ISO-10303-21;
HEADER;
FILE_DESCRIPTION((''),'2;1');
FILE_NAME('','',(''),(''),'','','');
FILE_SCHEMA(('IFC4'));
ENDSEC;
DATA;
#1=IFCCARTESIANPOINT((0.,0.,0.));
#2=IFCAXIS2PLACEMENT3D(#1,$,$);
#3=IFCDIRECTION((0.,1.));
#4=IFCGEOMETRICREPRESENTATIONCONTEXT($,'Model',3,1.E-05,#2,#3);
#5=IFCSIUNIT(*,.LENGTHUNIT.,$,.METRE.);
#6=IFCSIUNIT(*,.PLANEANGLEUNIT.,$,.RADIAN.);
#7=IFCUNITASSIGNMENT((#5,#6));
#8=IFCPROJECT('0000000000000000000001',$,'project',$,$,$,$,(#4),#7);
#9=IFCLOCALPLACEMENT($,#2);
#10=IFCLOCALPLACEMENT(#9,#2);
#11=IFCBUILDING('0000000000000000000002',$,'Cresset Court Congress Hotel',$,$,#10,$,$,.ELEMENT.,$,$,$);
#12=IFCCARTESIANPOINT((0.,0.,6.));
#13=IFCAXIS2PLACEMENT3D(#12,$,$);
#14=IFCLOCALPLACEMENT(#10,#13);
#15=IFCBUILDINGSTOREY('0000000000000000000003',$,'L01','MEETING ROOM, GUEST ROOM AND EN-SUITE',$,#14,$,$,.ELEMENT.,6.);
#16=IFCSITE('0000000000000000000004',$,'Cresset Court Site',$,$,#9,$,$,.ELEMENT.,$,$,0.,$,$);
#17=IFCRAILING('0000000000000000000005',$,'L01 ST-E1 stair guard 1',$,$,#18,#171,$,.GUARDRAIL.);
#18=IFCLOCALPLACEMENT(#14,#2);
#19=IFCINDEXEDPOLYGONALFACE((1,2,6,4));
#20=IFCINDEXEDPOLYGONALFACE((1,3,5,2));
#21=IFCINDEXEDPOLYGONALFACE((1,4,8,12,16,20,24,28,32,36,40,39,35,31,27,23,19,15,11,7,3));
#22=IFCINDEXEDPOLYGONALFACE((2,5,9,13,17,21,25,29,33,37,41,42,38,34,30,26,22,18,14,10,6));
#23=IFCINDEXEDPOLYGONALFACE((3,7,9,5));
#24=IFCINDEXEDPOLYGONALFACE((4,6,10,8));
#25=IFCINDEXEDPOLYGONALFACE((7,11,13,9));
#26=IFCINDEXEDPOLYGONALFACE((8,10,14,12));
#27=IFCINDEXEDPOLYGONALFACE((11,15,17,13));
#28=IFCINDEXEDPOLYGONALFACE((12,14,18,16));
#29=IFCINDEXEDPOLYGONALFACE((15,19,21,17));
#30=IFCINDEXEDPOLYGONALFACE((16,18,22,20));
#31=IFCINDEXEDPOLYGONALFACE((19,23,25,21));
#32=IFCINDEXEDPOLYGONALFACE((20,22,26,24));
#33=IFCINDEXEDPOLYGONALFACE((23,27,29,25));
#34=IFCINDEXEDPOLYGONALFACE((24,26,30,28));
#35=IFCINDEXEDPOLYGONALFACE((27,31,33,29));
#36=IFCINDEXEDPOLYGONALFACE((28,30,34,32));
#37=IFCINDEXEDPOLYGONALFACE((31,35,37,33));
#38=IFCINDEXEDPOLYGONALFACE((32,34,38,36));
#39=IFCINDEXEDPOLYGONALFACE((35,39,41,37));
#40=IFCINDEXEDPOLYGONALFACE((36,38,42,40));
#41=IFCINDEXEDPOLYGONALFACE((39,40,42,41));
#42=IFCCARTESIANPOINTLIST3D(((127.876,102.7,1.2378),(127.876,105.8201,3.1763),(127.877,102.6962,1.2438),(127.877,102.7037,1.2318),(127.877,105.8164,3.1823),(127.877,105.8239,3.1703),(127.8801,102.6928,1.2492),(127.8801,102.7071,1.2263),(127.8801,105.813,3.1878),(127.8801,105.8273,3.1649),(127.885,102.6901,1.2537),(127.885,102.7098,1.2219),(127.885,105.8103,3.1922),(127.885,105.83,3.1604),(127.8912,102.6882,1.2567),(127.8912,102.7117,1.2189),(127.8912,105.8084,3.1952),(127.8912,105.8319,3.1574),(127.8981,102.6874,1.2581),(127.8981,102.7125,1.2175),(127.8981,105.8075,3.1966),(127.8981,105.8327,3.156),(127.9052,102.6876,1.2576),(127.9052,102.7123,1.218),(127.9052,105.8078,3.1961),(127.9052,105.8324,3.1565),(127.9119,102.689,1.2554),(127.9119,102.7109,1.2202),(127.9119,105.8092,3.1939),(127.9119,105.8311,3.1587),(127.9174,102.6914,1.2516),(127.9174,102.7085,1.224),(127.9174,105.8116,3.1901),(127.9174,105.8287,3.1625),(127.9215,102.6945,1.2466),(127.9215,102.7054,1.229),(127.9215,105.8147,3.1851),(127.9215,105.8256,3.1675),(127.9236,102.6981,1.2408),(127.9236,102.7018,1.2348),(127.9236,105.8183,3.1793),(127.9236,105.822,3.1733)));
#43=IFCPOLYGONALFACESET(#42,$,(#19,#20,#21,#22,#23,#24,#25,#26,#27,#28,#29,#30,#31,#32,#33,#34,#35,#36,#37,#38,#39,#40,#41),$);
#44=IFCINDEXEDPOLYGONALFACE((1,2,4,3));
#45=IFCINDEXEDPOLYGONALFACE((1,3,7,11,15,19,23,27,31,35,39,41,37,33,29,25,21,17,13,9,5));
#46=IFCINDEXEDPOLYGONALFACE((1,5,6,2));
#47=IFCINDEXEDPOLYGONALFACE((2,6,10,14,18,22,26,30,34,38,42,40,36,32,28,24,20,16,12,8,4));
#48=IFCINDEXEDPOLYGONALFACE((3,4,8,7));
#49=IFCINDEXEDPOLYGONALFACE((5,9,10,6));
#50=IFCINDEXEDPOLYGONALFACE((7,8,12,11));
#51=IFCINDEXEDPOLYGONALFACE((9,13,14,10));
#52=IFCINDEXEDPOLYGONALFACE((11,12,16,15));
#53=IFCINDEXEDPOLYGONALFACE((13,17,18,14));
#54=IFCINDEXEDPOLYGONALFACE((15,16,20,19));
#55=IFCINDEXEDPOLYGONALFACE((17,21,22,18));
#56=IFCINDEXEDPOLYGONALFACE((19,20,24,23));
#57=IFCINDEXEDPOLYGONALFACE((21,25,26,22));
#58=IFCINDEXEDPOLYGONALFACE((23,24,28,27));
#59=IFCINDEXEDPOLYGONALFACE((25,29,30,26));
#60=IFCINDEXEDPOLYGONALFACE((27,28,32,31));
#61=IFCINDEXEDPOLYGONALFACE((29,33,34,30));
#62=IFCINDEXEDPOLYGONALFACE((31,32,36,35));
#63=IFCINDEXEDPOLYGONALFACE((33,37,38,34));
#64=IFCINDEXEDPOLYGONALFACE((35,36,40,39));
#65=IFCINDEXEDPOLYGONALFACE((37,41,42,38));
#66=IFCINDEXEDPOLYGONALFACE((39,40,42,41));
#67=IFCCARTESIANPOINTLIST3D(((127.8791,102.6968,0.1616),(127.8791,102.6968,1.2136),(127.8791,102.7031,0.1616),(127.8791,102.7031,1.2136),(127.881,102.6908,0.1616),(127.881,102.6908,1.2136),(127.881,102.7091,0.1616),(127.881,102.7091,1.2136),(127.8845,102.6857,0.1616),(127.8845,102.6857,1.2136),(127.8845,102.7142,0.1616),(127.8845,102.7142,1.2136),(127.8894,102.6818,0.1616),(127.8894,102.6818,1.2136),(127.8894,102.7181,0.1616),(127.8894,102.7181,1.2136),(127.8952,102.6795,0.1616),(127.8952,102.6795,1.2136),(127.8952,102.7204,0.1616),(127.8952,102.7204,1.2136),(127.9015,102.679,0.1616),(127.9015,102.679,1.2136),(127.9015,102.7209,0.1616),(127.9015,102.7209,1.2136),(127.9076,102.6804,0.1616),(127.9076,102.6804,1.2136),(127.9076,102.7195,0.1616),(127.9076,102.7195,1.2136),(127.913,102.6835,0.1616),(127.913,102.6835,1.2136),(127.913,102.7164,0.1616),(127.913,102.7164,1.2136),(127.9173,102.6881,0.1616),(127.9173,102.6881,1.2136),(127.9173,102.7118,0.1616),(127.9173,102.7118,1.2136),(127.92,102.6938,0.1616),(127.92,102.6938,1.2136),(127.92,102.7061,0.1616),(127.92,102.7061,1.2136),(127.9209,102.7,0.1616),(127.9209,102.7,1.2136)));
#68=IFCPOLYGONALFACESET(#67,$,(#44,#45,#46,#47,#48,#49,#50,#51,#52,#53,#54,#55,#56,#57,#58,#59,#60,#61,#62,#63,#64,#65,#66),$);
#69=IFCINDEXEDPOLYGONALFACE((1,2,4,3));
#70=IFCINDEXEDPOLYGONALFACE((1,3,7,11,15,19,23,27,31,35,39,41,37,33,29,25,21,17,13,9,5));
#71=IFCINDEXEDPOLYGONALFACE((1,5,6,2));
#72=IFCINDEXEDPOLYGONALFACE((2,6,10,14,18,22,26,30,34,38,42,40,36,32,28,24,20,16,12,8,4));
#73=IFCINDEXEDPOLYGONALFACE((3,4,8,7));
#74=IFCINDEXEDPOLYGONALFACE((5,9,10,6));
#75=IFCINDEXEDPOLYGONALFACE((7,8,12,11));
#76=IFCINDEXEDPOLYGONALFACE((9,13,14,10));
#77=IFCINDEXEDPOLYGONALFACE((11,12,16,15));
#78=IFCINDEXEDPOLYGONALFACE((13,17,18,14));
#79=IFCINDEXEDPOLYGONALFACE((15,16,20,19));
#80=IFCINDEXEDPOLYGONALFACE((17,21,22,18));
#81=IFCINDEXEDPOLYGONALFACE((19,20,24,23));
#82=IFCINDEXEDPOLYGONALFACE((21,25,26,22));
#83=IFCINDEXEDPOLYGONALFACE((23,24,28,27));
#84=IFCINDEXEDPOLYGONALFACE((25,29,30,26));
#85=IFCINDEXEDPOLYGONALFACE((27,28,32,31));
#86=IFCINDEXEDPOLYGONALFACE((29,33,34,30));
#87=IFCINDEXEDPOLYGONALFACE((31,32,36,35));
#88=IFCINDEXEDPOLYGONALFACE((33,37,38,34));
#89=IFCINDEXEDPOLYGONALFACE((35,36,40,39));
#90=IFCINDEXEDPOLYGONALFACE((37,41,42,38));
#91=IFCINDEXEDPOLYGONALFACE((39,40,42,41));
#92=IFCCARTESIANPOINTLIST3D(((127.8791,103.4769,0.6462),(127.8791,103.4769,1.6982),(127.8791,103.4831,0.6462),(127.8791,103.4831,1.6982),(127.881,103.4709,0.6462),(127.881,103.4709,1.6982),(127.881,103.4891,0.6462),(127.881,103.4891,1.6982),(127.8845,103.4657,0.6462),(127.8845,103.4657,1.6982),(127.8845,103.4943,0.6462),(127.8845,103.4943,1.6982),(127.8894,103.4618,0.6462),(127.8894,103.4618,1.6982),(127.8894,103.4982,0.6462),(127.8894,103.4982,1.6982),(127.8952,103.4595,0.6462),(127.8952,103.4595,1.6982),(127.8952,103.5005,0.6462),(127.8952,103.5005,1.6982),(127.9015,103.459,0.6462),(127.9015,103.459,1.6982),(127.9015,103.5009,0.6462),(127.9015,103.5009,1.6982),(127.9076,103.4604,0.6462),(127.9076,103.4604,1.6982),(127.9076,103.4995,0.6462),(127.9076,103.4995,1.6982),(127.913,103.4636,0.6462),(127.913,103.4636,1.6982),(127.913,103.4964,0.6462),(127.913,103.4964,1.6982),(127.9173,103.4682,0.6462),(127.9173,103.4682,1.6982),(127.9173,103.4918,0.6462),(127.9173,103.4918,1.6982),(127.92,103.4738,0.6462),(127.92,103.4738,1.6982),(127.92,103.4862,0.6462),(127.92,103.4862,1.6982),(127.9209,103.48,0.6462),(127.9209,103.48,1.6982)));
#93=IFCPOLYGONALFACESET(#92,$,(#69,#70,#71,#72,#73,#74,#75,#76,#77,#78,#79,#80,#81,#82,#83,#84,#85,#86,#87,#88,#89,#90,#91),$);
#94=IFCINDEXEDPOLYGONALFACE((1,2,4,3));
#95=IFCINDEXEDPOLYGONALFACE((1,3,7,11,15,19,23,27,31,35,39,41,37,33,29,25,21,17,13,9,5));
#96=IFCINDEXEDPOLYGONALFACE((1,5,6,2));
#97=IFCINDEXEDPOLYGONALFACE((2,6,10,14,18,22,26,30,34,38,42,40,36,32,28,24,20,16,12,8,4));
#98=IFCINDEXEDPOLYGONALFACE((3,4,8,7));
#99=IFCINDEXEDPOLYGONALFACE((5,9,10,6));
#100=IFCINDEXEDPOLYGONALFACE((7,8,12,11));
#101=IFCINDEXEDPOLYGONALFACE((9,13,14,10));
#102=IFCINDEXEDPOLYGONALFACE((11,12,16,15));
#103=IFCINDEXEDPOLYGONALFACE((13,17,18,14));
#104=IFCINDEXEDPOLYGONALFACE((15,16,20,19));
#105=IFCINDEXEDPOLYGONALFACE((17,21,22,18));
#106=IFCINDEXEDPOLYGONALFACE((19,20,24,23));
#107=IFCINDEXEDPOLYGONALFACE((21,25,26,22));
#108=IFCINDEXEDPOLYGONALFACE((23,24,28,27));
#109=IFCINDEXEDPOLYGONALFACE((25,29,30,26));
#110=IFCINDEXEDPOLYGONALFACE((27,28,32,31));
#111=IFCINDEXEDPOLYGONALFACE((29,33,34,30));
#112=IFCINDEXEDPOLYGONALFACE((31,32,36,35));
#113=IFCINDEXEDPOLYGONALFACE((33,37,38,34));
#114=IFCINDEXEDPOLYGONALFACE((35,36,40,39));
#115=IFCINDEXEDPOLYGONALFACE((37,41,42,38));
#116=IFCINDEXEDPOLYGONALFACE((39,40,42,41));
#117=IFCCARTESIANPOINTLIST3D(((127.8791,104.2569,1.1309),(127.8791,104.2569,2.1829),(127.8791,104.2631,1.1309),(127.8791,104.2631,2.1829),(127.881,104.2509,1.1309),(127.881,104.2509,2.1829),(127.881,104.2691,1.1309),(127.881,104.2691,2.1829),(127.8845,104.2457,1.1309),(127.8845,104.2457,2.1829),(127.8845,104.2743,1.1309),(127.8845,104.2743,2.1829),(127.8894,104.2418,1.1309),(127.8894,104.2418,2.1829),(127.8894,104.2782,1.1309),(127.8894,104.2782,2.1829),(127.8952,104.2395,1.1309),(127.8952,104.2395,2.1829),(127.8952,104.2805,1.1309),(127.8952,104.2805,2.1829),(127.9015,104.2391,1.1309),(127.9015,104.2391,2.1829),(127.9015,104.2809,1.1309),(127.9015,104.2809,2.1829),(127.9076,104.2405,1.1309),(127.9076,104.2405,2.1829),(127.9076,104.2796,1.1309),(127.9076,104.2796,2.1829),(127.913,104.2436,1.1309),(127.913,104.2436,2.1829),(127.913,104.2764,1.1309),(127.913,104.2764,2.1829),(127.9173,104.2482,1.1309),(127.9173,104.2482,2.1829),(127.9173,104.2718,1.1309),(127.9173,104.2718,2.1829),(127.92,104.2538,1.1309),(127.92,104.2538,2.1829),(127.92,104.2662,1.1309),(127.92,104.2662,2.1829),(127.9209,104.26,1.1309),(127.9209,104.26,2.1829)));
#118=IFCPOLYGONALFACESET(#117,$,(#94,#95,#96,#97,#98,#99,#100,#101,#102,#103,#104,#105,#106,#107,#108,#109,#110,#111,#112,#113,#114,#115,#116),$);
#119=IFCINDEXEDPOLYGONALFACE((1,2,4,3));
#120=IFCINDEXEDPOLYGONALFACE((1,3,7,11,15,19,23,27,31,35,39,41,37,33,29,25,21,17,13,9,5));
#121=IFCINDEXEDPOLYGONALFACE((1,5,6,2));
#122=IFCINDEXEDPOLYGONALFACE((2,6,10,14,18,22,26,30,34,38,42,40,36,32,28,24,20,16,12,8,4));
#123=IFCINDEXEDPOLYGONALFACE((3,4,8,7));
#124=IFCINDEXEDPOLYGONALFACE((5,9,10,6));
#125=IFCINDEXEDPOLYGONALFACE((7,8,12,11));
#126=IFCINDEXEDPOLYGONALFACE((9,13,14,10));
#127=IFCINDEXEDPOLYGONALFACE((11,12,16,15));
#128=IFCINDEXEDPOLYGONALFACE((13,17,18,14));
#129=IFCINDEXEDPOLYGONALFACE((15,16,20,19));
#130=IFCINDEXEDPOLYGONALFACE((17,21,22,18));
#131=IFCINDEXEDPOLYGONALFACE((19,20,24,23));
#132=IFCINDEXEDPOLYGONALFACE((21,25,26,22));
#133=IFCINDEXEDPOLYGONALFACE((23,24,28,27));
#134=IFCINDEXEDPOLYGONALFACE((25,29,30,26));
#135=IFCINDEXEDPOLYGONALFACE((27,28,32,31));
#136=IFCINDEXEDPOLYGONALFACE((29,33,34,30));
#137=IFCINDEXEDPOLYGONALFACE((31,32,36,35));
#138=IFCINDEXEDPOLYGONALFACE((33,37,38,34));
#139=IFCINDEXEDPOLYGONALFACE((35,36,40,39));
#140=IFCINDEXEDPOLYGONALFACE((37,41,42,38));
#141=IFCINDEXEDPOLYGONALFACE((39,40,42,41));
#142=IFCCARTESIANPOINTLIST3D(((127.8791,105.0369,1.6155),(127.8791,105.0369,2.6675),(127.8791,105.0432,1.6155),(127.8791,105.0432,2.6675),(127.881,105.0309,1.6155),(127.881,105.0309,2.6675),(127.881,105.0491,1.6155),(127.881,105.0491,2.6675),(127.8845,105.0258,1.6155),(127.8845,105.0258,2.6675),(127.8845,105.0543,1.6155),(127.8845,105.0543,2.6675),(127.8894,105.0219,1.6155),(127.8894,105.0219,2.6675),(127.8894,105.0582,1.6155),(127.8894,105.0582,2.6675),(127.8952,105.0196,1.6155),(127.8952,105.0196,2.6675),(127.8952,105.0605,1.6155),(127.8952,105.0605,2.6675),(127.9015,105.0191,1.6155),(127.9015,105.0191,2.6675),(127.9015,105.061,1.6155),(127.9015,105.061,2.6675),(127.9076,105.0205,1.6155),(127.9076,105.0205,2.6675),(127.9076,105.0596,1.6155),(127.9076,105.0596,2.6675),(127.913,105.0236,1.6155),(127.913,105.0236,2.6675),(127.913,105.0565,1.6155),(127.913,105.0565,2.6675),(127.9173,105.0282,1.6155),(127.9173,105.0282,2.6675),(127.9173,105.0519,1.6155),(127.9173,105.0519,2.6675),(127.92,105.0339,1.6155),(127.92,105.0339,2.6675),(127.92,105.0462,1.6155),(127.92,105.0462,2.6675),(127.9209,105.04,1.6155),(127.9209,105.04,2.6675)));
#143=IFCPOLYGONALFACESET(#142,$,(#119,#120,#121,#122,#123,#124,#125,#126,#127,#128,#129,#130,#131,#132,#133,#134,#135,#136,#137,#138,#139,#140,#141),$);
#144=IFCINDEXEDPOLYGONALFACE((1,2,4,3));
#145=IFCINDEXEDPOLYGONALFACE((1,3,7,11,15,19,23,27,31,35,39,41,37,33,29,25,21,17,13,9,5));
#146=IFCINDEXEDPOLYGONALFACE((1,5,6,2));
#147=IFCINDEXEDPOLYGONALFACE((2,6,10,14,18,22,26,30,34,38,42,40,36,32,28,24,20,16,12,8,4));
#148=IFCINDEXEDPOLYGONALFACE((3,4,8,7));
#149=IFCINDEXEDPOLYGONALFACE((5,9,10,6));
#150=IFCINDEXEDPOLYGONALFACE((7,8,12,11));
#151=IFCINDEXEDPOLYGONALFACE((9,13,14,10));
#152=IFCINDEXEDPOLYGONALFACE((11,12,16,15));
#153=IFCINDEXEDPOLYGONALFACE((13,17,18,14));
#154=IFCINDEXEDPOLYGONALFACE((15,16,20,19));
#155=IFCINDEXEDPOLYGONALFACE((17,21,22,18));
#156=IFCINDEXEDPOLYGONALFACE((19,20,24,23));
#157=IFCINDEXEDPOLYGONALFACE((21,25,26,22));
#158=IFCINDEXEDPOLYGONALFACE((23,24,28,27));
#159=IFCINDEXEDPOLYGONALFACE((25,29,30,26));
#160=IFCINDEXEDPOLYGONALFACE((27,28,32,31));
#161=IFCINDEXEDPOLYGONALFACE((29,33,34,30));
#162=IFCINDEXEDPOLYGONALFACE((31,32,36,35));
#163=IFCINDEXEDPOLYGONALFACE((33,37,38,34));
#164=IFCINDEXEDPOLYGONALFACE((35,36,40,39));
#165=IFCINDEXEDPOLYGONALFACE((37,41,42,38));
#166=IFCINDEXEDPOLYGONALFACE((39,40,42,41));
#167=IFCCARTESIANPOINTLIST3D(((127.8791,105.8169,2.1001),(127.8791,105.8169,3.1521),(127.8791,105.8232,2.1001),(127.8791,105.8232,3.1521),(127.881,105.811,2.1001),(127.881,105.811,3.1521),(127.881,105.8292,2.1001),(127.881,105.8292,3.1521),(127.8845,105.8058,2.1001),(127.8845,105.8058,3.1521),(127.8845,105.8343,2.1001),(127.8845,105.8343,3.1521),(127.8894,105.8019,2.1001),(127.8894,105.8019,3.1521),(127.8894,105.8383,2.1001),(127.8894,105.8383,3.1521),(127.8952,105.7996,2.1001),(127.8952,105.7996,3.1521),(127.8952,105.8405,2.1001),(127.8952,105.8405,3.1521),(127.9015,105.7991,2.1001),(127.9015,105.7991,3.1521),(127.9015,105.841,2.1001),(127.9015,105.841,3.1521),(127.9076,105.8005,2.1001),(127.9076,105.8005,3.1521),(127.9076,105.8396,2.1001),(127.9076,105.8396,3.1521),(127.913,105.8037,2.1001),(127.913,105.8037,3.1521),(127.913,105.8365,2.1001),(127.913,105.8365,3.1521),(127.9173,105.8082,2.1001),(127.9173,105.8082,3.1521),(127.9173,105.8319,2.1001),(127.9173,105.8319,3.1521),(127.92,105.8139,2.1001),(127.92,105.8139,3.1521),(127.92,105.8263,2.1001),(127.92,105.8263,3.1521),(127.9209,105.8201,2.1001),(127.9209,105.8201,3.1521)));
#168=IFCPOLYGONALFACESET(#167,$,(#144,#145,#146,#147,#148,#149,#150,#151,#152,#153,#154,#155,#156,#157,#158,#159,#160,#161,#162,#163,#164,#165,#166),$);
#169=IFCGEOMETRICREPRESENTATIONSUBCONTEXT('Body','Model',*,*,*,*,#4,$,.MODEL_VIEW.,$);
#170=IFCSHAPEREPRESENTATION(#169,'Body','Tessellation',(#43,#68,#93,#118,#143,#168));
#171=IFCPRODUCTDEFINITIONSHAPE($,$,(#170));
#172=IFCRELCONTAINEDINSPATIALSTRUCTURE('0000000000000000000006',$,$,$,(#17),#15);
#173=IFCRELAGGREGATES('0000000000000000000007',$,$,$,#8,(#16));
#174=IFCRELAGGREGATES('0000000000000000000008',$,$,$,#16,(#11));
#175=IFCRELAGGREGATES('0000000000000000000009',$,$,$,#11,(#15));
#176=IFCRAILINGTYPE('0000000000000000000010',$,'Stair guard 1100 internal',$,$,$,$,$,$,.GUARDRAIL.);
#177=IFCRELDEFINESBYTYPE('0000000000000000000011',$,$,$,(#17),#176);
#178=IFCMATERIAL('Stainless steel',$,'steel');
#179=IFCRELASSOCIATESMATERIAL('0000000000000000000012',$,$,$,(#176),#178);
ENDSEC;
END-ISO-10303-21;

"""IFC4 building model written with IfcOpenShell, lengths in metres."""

from ifc_helpers import new_model, si_unit, direction, frame, origin, origin_2d, place, context, subcontext, project, spatial, circle, extrude, material, type_object, element, save


model = new_model("IFC4")

# Units and contexts
model_context = context("Model", 3, precision=1e-05, world=origin(), true_north=direction((0.0, 1.0)))
body_context = subcontext(model_context, "Body", "Model", "MODEL_VIEW")
ifc_project = project(units=[si_unit("LENGTHUNIT", "METRE"), si_unit("PLANEANGLEUNIT", "RADIAN")], contexts=[model_context])

# Site, building, storey
site_placement = place(None, origin())
site = spatial("IfcSite", under=ifc_project, at=site_placement, Name="Cresset Court Site", CompositionType="ELEMENT", RefElevation=0.0)
building_placement = place(site_placement, origin())
building = spatial("IfcBuilding", under=site, at=building_placement, Name="Cresset Court Congress Hotel", CompositionType="ELEMENT")
storey_placement = place(building_placement, frame((0.0, 0.0, 6.0)))
storey = spatial("IfcBuildingStorey", under=building, at=storey_placement, Name="L01", Description="MEETING ROOM, GUEST ROOM AND EN-SUITE", CompositionType="ELEMENT", Elevation=6.0)

# Railing
ifc_material_1 = material(Name="Stainless steel", Category="steel")
railing_type_1 = type_object("IfcRailingType", Name="Stair guard 1100 internal", PredefinedType="GUARDRAIL", material=ifc_material_1)
railing_1_placement = place(storey_placement, frame((127.8999, 102.7, 0.1616)))
element("IfcRailing", 1, at=railing_1_placement, inside=storey, type_object=railing_type_1, Name="L01 ST-E1 stair guard 1", PredefinedType="GUARDRAIL", context=body_context, shape_type="SweptSolid", body=[
    extrude(circle(Radius=0.0239, at=origin_2d()), frame((0.0, 0.0, 1.0762), z_axis=(0.0, 0.849414, 0.527727), x_axis=(-1.0, 0.0, 0.0)), (0.0, 0.0, 1.0), 3.6733),
    extrude(circle(Radius=0.021, at=origin_2d()), origin(), (0.0, 0.0, 1.0), 1.052),
    extrude(circle(Radius=0.021, at=origin_2d()), frame((0.0, 0.78, 0.4846)), (0.0, 0.0, 1.0), 1.052),
    extrude(circle(Radius=0.021, at=origin_2d()), frame((0.0, 1.5601, 0.9692)), (0.0, 0.0, 1.0), 1.052),
    extrude(circle(Radius=0.021, at=origin_2d()), frame((0.0, 2.3401, 1.4539)), (0.0, 0.0, 1.0), 1.052),
    extrude(circle(Radius=0.021, at=origin_2d()), frame((0.0, 3.1201, 1.9385)), (0.0, 0.0, 1.0), 1.052),
])

save(model, "model.ifc")
